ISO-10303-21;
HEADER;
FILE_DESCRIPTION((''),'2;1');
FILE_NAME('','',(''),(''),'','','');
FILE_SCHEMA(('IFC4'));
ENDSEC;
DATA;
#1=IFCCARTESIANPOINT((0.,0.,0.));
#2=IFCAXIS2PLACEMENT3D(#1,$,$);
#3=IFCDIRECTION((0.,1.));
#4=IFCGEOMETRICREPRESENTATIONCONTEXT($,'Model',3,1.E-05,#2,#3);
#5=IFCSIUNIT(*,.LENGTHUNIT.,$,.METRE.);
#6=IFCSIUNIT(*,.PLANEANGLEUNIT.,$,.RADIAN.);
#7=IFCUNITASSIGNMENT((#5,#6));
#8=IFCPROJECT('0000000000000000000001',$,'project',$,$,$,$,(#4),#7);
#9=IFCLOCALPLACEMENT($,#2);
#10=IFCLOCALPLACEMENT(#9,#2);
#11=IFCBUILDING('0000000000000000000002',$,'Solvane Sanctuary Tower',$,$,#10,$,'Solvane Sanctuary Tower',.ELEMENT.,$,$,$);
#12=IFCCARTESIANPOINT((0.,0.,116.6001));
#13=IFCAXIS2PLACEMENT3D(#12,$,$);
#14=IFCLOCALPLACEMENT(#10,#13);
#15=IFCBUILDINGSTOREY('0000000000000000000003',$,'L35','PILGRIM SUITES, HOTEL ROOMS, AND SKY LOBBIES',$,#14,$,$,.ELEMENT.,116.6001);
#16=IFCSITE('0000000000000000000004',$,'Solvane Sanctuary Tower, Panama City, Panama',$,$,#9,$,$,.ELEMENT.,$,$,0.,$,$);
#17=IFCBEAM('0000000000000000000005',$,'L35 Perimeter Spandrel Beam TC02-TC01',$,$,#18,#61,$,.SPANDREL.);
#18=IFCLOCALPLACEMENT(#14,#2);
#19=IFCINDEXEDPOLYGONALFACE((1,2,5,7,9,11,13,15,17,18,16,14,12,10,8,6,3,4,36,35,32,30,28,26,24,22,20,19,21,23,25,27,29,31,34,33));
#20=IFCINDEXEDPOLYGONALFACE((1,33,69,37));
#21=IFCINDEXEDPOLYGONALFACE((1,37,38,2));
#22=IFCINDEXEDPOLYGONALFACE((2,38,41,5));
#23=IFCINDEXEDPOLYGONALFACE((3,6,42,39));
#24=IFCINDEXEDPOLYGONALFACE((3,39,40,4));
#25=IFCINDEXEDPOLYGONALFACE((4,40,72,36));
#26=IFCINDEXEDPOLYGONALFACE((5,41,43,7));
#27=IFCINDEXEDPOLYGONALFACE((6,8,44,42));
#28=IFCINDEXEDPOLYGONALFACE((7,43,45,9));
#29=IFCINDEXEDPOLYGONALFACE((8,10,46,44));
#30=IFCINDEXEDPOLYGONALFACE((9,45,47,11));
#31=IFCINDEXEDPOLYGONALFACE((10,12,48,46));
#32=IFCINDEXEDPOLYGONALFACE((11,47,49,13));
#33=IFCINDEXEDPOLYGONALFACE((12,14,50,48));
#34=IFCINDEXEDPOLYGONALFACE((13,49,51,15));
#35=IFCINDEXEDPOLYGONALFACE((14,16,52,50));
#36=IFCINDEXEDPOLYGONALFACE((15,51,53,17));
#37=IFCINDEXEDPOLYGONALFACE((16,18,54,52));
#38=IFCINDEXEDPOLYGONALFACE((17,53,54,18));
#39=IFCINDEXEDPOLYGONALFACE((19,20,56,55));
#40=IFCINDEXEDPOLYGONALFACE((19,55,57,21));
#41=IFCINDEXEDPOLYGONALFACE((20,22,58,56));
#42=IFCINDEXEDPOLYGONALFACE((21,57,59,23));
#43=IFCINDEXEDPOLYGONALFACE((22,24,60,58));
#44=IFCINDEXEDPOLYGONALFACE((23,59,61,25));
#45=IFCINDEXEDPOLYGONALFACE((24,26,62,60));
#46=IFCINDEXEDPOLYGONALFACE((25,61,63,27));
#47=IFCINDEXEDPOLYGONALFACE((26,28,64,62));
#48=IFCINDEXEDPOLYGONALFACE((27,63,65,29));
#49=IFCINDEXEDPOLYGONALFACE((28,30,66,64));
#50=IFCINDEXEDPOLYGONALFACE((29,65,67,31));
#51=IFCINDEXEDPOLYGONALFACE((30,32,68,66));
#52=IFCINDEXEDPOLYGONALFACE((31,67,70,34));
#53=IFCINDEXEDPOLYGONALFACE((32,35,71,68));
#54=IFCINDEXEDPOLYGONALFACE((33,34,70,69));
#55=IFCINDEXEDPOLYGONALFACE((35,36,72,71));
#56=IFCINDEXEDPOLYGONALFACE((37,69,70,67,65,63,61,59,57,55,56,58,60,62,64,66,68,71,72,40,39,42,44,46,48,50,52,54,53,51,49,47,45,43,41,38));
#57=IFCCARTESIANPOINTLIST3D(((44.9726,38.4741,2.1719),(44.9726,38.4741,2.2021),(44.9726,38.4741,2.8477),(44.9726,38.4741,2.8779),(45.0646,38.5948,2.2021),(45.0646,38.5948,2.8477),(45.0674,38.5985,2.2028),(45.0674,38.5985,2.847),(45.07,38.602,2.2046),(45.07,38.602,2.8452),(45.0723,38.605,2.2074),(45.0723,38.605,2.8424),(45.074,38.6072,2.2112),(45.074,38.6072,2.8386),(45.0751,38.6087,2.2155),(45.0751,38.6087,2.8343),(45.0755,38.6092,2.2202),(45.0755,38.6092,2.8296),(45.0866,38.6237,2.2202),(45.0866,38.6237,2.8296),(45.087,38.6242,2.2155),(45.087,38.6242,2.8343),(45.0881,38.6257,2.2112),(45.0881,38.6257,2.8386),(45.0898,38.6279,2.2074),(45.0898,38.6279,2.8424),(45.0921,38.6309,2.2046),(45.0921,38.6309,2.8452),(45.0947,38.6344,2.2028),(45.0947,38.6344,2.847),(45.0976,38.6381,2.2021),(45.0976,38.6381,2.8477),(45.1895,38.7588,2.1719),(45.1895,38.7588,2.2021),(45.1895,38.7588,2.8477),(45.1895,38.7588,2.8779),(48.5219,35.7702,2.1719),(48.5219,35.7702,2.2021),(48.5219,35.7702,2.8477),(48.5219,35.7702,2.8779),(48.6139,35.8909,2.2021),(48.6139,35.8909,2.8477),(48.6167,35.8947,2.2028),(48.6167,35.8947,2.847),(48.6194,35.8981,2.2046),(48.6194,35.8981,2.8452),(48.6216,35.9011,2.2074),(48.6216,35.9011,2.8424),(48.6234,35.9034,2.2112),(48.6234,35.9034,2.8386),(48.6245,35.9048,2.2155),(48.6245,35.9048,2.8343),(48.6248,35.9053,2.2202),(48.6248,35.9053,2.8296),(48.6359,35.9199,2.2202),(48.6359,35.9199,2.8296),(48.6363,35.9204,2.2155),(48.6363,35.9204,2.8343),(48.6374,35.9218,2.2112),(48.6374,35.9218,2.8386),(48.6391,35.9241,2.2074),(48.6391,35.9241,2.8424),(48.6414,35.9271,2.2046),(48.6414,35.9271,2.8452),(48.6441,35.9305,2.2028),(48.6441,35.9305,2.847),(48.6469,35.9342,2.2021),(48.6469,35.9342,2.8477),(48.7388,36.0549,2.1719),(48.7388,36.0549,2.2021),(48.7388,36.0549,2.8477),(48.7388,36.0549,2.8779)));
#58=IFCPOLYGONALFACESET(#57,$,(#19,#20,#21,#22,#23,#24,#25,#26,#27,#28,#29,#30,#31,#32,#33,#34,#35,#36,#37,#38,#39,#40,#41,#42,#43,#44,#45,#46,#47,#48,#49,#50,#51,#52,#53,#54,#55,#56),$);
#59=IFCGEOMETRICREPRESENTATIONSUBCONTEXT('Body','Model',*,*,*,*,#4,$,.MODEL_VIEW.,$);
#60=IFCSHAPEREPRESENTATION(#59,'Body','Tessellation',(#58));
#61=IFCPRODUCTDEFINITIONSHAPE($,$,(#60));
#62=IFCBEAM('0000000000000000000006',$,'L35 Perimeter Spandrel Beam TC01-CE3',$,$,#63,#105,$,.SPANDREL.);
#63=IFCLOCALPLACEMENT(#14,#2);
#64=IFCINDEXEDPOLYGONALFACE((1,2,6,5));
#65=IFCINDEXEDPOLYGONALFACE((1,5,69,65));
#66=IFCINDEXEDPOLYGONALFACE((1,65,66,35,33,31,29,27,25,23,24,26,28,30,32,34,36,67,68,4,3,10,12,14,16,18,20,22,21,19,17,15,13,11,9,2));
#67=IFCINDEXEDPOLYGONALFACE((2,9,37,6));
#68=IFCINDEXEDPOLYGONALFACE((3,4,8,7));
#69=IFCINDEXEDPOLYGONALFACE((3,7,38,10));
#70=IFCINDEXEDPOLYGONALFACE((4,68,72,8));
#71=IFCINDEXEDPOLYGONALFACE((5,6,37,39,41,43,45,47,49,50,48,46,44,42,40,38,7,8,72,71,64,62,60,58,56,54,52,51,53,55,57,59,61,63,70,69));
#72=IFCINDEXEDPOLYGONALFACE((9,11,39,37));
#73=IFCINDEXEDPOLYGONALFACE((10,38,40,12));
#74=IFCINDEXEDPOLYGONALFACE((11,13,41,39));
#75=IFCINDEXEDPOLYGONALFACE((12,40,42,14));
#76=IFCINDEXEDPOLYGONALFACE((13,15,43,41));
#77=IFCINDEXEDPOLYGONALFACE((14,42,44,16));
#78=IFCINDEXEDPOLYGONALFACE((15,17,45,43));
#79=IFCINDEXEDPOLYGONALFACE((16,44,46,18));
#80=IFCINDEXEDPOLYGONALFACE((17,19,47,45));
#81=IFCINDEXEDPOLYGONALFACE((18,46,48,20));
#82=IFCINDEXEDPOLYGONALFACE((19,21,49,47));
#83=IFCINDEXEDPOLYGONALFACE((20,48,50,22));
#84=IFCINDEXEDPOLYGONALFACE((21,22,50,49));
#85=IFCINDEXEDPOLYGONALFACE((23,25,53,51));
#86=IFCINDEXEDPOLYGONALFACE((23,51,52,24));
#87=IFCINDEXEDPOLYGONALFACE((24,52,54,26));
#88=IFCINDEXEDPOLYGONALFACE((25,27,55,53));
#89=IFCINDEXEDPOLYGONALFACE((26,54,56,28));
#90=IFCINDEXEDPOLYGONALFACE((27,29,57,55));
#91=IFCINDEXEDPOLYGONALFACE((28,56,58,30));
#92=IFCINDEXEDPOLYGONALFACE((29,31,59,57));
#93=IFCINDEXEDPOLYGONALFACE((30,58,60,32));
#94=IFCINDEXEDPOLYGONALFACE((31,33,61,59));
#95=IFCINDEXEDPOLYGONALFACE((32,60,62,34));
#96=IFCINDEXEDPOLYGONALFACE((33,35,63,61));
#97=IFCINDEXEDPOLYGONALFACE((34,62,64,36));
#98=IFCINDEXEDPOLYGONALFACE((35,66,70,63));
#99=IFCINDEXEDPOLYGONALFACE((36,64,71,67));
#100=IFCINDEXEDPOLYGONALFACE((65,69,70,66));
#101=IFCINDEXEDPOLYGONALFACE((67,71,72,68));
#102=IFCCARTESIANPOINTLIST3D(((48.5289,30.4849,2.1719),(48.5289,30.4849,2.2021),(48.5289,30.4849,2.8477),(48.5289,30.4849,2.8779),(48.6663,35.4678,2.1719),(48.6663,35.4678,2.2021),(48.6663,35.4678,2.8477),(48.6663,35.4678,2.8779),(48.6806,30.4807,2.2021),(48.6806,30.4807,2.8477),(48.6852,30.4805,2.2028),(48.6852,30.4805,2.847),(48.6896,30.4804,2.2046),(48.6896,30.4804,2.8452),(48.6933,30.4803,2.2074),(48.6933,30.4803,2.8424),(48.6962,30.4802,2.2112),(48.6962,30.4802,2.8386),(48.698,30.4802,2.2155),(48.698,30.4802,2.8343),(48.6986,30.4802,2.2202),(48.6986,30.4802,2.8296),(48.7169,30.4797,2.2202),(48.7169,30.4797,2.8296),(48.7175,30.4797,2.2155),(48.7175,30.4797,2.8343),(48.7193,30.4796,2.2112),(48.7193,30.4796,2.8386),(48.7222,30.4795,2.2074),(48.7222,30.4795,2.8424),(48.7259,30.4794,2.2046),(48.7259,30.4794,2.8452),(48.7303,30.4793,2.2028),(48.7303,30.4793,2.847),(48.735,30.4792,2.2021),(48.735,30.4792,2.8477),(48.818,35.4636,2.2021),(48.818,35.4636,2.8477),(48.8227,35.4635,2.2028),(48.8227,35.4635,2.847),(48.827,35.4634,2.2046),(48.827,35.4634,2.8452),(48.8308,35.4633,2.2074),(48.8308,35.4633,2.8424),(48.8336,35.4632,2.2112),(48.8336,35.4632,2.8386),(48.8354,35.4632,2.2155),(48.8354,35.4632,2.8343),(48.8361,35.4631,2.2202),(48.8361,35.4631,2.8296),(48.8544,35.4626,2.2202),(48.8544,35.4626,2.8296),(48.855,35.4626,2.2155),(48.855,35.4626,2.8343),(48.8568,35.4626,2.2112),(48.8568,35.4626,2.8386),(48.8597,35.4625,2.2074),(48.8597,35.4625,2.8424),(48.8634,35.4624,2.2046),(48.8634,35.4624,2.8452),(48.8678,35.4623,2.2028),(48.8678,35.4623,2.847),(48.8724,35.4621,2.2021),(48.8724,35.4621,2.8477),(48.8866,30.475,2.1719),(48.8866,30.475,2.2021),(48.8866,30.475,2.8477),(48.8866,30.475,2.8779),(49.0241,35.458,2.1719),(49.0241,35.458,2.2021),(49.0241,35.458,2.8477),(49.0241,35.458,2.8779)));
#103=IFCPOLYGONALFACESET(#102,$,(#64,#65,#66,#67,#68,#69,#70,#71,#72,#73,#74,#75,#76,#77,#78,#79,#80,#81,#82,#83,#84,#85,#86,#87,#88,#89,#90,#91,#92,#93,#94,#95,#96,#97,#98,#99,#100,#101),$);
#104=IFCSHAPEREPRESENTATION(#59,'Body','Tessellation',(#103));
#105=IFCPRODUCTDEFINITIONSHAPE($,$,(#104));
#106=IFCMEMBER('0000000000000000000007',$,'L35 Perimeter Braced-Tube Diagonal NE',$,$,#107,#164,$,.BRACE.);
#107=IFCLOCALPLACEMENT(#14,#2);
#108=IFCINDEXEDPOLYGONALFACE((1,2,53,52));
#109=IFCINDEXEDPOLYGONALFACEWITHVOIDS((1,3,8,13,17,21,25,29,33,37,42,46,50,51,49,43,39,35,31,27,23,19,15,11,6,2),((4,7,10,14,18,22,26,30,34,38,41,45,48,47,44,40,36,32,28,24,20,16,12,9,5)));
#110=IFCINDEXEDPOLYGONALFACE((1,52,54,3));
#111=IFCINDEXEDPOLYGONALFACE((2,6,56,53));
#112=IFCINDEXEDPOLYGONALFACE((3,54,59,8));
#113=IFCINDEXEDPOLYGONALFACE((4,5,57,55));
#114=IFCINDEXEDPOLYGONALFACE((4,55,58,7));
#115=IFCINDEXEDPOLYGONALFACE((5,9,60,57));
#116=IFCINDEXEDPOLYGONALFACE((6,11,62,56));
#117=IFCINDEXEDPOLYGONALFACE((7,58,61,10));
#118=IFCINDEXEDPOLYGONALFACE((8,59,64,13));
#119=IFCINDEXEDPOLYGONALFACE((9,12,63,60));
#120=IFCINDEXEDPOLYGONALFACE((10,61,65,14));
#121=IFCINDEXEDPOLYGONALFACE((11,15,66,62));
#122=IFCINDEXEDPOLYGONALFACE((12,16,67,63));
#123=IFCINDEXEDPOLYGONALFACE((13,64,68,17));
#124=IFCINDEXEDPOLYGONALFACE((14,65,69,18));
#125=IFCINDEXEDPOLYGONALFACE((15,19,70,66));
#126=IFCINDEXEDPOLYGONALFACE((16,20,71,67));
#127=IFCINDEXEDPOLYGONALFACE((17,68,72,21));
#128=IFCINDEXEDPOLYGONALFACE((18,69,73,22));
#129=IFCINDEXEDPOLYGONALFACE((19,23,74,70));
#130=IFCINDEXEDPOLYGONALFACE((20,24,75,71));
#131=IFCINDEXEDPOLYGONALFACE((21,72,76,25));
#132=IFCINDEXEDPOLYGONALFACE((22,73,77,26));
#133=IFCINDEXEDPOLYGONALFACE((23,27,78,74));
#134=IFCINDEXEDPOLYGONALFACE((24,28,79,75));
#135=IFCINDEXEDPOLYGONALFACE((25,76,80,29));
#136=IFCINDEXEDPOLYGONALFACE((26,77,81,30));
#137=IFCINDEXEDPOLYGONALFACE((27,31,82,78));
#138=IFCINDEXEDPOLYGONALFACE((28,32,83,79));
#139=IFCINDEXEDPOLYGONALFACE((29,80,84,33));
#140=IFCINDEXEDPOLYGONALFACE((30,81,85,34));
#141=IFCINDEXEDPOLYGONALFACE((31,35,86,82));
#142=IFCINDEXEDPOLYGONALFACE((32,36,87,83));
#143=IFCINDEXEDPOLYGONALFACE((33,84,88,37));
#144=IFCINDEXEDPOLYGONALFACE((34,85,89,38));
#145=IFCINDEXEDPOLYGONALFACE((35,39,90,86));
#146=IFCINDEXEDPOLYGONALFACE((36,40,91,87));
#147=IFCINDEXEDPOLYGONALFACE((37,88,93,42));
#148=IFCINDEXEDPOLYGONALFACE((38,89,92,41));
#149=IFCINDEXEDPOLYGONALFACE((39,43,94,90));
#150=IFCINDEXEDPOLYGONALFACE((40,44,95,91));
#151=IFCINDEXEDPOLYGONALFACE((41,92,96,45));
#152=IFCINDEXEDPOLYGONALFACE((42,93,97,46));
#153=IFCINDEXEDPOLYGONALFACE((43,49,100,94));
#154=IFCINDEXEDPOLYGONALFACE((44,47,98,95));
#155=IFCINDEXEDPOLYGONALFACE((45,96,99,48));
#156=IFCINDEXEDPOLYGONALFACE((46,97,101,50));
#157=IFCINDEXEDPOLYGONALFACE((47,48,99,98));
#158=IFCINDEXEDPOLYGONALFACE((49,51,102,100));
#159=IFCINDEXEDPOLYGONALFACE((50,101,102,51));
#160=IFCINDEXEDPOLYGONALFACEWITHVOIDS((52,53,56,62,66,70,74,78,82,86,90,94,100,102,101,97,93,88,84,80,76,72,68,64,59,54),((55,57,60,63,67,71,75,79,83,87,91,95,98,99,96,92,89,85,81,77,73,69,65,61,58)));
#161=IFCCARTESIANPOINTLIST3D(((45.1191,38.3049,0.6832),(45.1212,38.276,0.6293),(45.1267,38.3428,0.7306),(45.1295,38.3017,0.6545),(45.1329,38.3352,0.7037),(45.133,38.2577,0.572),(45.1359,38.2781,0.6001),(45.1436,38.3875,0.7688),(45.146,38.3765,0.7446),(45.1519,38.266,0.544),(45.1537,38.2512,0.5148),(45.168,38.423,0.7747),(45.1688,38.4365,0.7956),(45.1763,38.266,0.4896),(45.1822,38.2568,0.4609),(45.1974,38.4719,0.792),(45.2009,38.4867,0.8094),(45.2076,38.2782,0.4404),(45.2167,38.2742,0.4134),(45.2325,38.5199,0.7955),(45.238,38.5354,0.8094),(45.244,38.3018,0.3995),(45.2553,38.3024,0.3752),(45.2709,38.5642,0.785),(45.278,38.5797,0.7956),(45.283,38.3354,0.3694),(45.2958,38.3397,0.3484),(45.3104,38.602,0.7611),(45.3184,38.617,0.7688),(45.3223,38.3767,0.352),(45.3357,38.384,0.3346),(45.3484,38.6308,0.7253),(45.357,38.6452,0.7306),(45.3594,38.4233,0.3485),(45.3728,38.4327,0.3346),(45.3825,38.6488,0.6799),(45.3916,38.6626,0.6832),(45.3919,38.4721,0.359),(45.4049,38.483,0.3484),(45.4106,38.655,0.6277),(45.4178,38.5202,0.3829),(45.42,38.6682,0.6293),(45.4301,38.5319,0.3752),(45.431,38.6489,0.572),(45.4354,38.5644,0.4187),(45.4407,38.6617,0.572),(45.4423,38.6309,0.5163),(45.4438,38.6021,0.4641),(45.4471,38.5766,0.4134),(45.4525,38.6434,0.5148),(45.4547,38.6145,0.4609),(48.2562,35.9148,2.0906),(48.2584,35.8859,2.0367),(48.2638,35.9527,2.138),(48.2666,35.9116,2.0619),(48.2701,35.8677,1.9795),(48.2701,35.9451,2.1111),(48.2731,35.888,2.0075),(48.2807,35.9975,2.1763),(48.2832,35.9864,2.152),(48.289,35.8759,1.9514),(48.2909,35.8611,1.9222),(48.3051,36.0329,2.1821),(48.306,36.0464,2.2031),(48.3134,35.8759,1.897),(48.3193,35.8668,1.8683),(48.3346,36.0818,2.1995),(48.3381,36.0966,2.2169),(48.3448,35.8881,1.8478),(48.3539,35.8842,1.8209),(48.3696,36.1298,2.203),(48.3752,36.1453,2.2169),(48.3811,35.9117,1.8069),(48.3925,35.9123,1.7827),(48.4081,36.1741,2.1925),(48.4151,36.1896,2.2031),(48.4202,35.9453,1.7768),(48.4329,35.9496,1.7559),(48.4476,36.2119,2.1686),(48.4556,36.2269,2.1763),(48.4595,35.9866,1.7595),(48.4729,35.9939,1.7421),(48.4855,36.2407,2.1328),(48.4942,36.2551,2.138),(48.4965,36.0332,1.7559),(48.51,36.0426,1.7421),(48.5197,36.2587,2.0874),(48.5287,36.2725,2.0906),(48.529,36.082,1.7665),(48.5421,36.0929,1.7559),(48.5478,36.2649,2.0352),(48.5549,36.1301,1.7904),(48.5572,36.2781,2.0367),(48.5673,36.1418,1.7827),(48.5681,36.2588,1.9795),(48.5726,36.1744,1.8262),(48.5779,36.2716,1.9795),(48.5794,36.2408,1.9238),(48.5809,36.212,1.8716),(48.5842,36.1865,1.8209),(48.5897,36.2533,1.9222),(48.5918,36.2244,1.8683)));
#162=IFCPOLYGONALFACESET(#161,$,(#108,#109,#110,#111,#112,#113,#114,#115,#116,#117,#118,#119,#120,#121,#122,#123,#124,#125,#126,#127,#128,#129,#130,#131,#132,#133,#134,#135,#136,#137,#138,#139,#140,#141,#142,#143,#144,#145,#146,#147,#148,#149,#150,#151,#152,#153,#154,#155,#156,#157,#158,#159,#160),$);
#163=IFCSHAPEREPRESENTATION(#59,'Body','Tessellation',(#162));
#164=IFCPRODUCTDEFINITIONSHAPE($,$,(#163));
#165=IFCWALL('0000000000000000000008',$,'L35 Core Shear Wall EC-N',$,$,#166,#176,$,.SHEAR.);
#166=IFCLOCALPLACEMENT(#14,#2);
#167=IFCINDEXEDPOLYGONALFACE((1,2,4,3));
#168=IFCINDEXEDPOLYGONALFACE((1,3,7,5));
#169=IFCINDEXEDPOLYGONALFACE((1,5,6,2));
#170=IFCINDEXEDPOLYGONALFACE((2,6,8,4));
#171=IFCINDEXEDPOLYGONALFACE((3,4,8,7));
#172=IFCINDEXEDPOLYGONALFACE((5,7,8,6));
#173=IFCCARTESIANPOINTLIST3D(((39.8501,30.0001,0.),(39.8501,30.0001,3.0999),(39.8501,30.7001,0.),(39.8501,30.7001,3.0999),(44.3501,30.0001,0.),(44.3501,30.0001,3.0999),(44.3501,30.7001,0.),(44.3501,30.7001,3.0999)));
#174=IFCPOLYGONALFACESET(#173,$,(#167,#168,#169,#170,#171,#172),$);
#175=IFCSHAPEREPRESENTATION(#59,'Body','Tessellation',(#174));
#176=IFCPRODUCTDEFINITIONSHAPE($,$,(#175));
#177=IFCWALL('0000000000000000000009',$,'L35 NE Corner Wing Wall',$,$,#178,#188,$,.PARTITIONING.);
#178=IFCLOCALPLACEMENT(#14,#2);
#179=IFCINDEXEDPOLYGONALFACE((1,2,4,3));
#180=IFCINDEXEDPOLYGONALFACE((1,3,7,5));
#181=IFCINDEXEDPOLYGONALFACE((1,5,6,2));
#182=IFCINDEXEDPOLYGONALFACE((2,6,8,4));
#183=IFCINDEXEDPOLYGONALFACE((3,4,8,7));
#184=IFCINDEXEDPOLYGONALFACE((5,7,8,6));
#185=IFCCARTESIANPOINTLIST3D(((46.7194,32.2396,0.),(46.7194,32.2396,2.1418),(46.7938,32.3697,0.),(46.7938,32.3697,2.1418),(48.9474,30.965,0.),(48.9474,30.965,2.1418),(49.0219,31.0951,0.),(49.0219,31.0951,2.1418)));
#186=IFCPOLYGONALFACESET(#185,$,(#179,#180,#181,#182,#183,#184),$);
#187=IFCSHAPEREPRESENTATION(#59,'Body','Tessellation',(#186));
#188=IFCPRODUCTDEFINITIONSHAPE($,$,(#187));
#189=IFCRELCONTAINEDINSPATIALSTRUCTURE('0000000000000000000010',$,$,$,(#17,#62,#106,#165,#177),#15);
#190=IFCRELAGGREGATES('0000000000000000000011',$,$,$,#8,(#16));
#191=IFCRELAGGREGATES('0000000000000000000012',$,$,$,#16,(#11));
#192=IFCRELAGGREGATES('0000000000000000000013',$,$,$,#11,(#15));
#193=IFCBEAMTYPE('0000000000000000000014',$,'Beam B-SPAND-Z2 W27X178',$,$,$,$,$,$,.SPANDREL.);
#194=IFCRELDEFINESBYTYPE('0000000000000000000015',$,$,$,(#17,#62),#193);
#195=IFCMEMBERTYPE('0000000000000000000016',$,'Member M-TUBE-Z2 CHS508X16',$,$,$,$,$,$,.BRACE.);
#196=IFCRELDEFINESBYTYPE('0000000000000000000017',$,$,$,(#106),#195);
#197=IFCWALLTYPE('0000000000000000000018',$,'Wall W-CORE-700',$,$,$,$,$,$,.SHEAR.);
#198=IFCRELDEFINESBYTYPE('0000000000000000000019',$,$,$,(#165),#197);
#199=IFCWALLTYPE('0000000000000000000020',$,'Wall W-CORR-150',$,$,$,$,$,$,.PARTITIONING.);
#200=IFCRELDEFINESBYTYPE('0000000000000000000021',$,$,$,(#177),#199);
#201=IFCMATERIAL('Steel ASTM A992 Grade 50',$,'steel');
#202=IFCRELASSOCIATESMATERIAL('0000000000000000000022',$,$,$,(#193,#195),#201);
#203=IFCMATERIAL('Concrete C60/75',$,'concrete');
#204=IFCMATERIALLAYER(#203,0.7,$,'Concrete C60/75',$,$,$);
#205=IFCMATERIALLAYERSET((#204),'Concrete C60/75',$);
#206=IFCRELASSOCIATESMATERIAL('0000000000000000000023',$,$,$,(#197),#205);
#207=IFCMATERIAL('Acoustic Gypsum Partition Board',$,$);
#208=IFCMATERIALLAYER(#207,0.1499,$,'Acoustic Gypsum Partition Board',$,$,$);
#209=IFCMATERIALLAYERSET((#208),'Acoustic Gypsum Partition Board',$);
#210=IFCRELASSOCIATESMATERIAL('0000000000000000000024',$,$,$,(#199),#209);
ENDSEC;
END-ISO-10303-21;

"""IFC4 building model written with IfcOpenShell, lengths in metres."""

from ifc_helpers import new_model, si_unit, direction, frame, frame_2d, origin, origin_2d, place, context, subcontext, project, spatial, rectangle, hollow_circle, i_section, extrude, material, layer, layer_set, material_profile, profile_set, type_object, element, save


model = new_model("IFC4")

# Units and contexts
model_context = context("Model", 3, precision=1e-05, world=origin(), true_north=direction((0.0, 1.0)))
body_context = subcontext(model_context, "Body", "Model", "MODEL_VIEW")
ifc_project = project(units=[si_unit("LENGTHUNIT", "METRE"), si_unit("PLANEANGLEUNIT", "RADIAN")], contexts=[model_context])

# Site, building, storey
site_placement = place(None, origin())
site = spatial("IfcSite", under=ifc_project, at=site_placement, Name="Solvane Sanctuary Tower, Panama City, Panama", CompositionType="ELEMENT", RefElevation=0.0)
building_placement = place(site_placement, origin())
building = spatial("IfcBuilding", under=site, at=building_placement, Name="Solvane Sanctuary Tower", LongName="Solvane Sanctuary Tower", CompositionType="ELEMENT")
storey_placement = place(building_placement, frame((0.0, 0.0, 116.6001)))
storey = spatial("IfcBuildingStorey", under=building, at=storey_placement, Name="L35", Description="PILGRIM SUITES, HOTEL ROOMS, AND SKY LOBBIES", CompositionType="ELEMENT", Elevation=116.6001)

# Shared definitions
ifc_material_1 = material(Name="Concrete C60/75", Category="concrete")

# Beams
ifc_material_2 = material(Name="Steel ASTM A992 Grade 50", Category="steel")
ifc_material_profile_1 = material_profile(ifc_material_2, i_section(OverallWidth=0.3579, OverallDepth=0.7061, WebThickness=0.0183, FlangeThickness=0.0303, FilletRadius=0.0181, at=origin_2d()), Name="W27X178")
ifc_profile_set_1 = profile_set([ifc_material_profile_1], Name="Steel ASTM A992 Grade 50")
beam_type_1 = type_object("IfcBeamType", Name="Beam B-SPAND-Z2 W27X178", PredefinedType="SPANDREL", material=ifc_profile_set_1)
beam_1_placement = place(storey_placement, frame((45.0811, 38.6165, 2.5249), z_axis=(0.795473, -0.605989, 0.0), x_axis=(0.605989, 0.795473, 0.0)))
element("IfcBeam", 1, at=beam_1_placement, inside=storey, type_object=beam_type_1, Name="L35 Perimeter Spandrel Beam TC02-TC01", PredefinedType="SPANDREL", context=body_context, shape_type="SweptSolid", body=[
    extrude(i_section(OverallWidth=0.3579, OverallDepth=0.7061, WebThickness=0.0183, FlangeThickness=0.0303, FilletRadius=0.0181, at=origin_2d()), origin(), (0.0, 0.0, 1.0), 4.4619),
])
beam_2_placement = place(storey_placement, frame((48.8452, 35.4629, 2.5249), z_axis=(-0.027574, -0.99962, 0.0), x_axis=(0.99962, -0.027574, 0.0)))
element("IfcBeam", 2, at=beam_2_placement, inside=storey, type_object=beam_type_1, Name="L35 Perimeter Spandrel Beam TC01-CE3", PredefinedType="SPANDREL", context=body_context, shape_type="SweptSolid", body=[
    extrude(i_section(OverallWidth=0.3579, OverallDepth=0.7061, WebThickness=0.0183, FlangeThickness=0.0303, FilletRadius=0.0181, at=origin_2d()), origin(), (0.0, 0.0, 1.0), 4.9849),
])

# Member
ifc_material_profile_2 = material_profile(ifc_material_2, hollow_circle(Radius=0.2539, WallThickness=0.0161, at=origin_2d()), Name="CHS508X16")
ifc_profile_set_2 = profile_set([ifc_material_profile_2], Name="Steel ASTM A992 Grade 50")
member_type = type_object("IfcMemberType", Name="Member M-TUBE-Z2 CHS508X16", PredefinedType="BRACE", material=ifc_profile_set_2)
member_placement = place(storey_placement, frame((45.2869, 38.4597, 0.572), z_axis=(0.74917, -0.570769, 0.336106), x_axis=(0.606025, 0.795446, 0.0)))
element("IfcMember", 3, at=member_placement, inside=storey, type_object=member_type, Name="L35 Perimeter Braced-Tube Diagonal NE", PredefinedType="BRACE", context=body_context, shape_type="SweptSolid", body=[
    extrude(hollow_circle(Radius=0.2539, WallThickness=0.0161, at=origin_2d()), origin(), (0.0, 0.0, 1.0), 4.1875),
])

# Walls
ifc_layer_1 = layer(ifc_material_1, 0.7, Name="Concrete C60/75")
ifc_layer_set_1 = layer_set([ifc_layer_1], Name="Concrete C60/75")
wall_type_1 = type_object("IfcWallType", Name="Wall W-CORE-700", PredefinedType="SHEAR", material=ifc_layer_set_1)
wall_1_placement = place(storey_placement, frame((39.8501, 30.3501, 0.0), z_axis=(0.0, 0.0, 1.0), x_axis=(1.0, 0.0, 0.0)))
element("IfcWall", 4, at=wall_1_placement, inside=storey, type_object=wall_type_1, Name="L35 Core Shear Wall EC-N", PredefinedType="SHEAR", context=body_context, shape_type="SweptSolid", body=[
    extrude(rectangle(XDim=4.5, YDim=0.7, at=frame_2d((2.25, 0.0))), origin(), (0.0, 0.0, 1.0), 3.0999),
])
ifc_material_3 = material(Name="Acoustic Gypsum Partition Board")
ifc_layer_2 = layer(ifc_material_3, 0.1499, Name="Acoustic Gypsum Partition Board")
ifc_layer_set_2 = layer_set([ifc_layer_2], Name="Acoustic Gypsum Partition Board")
wall_type_2 = type_object("IfcWallType", Name="Wall W-CORR-150", PredefinedType="PARTITIONING", material=ifc_layer_set_2)
wall_2_placement = place(storey_placement, frame((46.7566, 32.3047, 0.0), z_axis=(0.0, 0.0, 1.0), x_axis=(0.867991, -0.496579, 0.0)))
element("IfcWall", 5, at=wall_2_placement, inside=storey, type_object=wall_type_2, Name="L35 NE Corner Wing Wall", PredefinedType="PARTITIONING", context=body_context, shape_type="SweptSolid", body=[
    extrude(rectangle(XDim=2.5669, YDim=0.1499, at=frame_2d((1.2834, 0.0))), origin(), (0.0, 0.0, 1.0), 2.1418),
])

save(model, "model.ifc")
